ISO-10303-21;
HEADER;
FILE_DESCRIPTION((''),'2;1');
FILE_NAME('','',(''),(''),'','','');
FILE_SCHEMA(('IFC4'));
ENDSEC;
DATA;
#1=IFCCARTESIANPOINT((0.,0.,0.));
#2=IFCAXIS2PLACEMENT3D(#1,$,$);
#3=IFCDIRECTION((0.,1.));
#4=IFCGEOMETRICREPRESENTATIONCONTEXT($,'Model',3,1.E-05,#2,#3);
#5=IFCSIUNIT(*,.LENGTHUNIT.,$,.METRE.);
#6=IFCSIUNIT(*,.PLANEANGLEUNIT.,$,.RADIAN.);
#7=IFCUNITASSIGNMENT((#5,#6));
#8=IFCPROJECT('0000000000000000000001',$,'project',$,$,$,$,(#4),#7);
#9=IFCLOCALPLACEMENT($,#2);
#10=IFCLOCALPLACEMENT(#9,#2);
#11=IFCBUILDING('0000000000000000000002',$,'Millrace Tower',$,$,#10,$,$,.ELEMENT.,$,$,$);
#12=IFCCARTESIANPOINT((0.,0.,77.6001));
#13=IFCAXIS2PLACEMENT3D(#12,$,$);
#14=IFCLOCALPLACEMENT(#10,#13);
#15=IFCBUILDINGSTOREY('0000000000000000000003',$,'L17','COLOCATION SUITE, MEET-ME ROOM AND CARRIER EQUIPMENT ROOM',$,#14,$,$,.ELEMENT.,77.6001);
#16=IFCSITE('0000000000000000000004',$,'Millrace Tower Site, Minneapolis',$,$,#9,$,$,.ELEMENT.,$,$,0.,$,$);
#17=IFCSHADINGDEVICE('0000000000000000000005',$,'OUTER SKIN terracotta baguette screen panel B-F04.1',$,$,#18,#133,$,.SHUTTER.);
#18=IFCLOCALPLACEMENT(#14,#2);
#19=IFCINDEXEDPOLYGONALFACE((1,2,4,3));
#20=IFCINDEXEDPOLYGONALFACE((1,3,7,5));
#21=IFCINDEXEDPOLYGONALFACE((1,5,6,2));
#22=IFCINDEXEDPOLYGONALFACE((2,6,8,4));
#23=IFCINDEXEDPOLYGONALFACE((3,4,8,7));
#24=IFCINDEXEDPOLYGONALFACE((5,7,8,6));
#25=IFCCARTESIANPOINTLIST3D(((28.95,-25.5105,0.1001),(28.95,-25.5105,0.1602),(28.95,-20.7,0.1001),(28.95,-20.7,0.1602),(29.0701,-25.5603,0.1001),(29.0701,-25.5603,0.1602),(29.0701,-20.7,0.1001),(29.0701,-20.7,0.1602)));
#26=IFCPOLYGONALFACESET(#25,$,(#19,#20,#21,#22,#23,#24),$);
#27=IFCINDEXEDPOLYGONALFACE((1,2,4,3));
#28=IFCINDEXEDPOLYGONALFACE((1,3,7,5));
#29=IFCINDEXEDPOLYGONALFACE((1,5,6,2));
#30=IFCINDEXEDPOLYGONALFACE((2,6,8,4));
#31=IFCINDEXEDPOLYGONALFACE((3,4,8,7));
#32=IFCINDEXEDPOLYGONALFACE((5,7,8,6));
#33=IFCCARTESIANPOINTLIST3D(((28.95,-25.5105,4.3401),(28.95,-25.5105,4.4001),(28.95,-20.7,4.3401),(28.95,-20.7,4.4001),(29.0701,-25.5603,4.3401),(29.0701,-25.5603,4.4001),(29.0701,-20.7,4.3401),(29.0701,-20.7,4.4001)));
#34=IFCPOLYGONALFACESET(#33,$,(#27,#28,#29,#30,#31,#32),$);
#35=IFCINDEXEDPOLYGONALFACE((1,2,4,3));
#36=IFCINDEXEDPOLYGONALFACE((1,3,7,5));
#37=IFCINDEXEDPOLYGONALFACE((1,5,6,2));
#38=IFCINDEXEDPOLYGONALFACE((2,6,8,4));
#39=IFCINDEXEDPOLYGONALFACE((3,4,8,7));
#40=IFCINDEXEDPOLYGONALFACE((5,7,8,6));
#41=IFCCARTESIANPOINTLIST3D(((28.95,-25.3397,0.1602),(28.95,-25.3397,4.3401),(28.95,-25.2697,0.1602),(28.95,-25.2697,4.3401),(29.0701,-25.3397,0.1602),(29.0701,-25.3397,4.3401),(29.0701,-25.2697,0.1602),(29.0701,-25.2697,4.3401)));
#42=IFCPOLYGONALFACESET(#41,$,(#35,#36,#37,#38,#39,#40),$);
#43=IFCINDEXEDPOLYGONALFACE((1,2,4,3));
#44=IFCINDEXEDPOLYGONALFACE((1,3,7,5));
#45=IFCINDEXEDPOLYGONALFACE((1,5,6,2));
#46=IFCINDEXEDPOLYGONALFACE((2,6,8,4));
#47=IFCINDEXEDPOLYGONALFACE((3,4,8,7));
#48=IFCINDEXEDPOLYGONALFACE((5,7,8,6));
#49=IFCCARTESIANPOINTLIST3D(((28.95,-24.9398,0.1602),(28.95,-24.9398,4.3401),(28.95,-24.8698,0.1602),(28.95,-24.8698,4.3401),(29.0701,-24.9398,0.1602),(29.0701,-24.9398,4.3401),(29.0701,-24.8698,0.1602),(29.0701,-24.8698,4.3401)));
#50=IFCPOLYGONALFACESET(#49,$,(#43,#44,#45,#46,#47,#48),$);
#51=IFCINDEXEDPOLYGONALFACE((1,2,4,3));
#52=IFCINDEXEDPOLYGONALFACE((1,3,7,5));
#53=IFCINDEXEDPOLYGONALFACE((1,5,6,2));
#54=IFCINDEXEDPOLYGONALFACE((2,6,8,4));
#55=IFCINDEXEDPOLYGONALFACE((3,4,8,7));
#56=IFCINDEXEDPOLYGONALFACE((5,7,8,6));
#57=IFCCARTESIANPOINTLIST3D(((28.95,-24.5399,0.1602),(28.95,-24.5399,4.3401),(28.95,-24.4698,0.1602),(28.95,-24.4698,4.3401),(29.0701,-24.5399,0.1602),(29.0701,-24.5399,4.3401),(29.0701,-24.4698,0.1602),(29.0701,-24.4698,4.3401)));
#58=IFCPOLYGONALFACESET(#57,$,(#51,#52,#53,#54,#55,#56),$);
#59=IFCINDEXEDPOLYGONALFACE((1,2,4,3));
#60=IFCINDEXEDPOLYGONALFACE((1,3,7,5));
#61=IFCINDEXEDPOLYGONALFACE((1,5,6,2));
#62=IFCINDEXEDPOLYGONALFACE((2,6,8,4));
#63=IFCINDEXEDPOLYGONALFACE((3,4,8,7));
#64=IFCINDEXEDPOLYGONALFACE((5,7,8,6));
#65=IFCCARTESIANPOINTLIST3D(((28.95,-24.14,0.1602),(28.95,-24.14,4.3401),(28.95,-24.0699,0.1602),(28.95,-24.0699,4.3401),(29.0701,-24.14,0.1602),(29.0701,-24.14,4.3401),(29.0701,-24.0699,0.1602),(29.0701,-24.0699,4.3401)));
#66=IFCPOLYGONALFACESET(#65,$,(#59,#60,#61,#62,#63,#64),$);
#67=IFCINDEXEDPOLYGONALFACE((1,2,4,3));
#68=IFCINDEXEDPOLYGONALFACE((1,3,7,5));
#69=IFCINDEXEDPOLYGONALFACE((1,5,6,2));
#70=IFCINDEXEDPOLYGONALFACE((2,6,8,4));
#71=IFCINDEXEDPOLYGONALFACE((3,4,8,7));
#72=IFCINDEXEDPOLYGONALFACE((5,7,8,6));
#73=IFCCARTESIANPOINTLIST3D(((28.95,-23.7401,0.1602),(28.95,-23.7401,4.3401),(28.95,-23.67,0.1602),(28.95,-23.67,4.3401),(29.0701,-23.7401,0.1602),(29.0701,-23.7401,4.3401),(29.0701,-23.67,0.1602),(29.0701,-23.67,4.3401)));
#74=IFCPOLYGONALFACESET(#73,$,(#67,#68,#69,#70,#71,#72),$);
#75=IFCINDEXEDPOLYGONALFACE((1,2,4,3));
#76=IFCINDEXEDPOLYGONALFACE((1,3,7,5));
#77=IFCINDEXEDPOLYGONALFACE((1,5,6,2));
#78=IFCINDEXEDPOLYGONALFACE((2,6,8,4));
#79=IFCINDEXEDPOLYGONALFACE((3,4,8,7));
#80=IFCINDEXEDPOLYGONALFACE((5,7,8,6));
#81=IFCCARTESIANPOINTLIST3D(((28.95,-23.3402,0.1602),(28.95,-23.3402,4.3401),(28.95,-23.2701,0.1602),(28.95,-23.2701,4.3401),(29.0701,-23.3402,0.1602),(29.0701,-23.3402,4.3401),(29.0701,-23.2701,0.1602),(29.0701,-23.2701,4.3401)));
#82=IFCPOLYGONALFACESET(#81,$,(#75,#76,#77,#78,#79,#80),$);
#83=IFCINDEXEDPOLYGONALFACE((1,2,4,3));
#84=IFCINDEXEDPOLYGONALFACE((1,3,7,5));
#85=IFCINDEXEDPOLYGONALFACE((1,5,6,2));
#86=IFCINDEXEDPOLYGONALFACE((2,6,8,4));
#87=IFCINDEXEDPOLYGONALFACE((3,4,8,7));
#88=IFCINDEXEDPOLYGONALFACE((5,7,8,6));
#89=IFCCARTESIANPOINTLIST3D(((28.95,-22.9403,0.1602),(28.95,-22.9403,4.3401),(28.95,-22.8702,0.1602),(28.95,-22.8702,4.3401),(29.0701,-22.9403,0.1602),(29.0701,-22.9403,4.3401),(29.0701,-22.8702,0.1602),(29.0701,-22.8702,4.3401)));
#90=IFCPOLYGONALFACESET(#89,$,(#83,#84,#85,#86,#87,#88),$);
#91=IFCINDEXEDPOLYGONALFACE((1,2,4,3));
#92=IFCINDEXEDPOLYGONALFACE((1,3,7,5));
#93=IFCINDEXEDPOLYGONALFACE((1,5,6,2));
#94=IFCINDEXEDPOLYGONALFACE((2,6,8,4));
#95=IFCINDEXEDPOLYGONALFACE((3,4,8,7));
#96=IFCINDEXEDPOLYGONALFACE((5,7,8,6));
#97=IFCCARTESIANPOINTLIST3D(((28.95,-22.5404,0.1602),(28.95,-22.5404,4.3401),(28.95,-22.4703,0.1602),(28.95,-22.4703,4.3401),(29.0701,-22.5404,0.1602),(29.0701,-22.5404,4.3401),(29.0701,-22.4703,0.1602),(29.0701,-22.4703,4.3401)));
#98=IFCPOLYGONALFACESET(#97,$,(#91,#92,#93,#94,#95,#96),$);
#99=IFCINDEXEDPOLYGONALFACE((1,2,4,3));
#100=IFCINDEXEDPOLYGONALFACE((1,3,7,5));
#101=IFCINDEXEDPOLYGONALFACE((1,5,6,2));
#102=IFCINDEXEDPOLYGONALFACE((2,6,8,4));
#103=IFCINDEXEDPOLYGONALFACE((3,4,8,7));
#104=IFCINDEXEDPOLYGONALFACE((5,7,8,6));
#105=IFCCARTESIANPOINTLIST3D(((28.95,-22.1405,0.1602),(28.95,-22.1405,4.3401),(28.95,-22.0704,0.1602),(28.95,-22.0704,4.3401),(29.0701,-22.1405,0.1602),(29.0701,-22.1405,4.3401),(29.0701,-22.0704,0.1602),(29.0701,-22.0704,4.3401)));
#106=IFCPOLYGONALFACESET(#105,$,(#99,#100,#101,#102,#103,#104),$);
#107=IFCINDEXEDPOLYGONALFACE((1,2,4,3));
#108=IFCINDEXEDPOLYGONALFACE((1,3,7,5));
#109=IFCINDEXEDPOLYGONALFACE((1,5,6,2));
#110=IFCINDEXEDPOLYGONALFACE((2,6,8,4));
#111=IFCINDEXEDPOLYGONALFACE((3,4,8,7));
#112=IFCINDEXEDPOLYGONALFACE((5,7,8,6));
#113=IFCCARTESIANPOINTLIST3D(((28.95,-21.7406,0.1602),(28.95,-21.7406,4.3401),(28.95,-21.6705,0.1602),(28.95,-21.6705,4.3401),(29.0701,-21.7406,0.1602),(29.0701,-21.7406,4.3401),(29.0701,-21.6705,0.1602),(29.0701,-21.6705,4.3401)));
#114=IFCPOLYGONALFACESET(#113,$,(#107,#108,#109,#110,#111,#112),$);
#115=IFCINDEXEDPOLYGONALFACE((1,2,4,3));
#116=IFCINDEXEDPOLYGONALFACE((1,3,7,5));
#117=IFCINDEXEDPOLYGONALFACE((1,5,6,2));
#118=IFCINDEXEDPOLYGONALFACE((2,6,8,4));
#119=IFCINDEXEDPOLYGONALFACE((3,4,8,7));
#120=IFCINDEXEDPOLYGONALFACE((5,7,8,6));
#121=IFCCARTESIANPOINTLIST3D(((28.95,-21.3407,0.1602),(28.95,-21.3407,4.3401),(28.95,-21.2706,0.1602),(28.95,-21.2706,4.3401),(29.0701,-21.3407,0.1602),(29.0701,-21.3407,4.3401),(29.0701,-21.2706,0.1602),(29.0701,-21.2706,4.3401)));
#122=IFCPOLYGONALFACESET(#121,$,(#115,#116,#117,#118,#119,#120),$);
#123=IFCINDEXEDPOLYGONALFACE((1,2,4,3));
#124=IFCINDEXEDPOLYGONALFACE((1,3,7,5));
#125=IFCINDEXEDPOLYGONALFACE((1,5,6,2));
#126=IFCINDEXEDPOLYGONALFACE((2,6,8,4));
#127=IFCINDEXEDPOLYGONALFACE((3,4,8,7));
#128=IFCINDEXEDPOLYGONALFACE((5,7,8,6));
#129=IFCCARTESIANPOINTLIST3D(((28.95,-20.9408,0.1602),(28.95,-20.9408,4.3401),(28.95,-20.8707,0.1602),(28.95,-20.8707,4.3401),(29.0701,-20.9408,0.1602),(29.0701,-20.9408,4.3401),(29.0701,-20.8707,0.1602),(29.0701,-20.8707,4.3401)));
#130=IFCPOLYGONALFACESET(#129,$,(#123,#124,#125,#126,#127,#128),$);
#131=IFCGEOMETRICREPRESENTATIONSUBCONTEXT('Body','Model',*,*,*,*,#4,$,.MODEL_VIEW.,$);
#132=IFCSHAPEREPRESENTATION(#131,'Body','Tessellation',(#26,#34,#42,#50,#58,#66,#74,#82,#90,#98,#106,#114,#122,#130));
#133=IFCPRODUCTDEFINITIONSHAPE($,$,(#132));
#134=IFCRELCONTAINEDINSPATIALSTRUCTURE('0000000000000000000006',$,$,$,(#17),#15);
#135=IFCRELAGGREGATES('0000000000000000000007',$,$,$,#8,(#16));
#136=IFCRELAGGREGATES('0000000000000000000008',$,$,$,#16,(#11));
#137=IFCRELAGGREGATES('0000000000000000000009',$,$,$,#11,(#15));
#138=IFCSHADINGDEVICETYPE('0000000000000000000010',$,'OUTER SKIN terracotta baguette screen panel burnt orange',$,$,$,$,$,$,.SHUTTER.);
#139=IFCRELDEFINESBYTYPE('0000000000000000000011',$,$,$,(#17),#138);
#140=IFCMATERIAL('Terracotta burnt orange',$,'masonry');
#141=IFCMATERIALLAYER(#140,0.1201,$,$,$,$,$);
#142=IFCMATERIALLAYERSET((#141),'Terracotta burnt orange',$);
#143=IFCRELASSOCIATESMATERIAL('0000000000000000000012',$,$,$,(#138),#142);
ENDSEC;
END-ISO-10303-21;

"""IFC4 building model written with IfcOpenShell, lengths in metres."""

from ifc_helpers import new_model, entity, si_unit, direction, frame, frame_2d, origin, place, context, subcontext, project, spatial, rectangle, extrude, source, transform, mapped, material, layer, layer_set, type_object, element, save


model = new_model("IFC4")

# Units and contexts
model_context = context("Model", 3, precision=1e-05, world=origin(), true_north=direction((0.0, 1.0)))
body_context = subcontext(model_context, "Body", "Model", "MODEL_VIEW")
ifc_project = project(units=[si_unit("LENGTHUNIT", "METRE"), si_unit("PLANEANGLEUNIT", "RADIAN")], contexts=[model_context])

# Site, building, storey
site_placement = place(None, origin())
site = spatial("IfcSite", under=ifc_project, at=site_placement, Name="Millrace Tower Site, Minneapolis", CompositionType="ELEMENT", RefElevation=0.0)
building_placement = place(site_placement, origin())
building = spatial("IfcBuilding", under=site, at=building_placement, Name="Millrace Tower", CompositionType="ELEMENT")
storey_placement = place(building_placement, frame((0.0, 0.0, 77.6001)))
storey = spatial("IfcBuildingStorey", under=building, at=storey_placement, Name="L17", Description="COLOCATION SUITE, MEET-ME ROOM AND CARRIER EQUIPMENT ROOM", CompositionType="ELEMENT", Elevation=77.6001)

# Shading device
ifc_material_1 = material(Name="Terracotta burnt orange", Category="masonry")
ifc_layer_1 = layer(ifc_material_1, 0.1201)
ifc_layer_set_1 = layer_set([ifc_layer_1], Name="Terracotta burnt orange")
shading_device_type = type_object("IfcShadingDeviceType", Name="OUTER SKIN terracotta baguette screen panel burnt orange", PredefinedType="SHUTTER", material=ifc_layer_set_1)
cartesian_point_1 = entity("IfcCartesianPoint", [-2.3928, 0.0601])
shared_polyline_1 = entity("IfcPolyline", [cartesian_point_1, entity("IfcCartesianPoint", [2.4177, 0.0601]), entity("IfcCartesianPoint", [2.4177, -0.0601]), entity("IfcCartesianPoint", [-2.4426, -0.0601]), cartesian_point_1])
shared_shape_1 = source(origin(), body_context, "Body", "SweptSolid", [
    entity("IfcExtrudedAreaSolid", entity("IfcArbitraryClosedProfileDef", "AREA", None, shared_polyline_1), entity("IfcAxis2Placement3D", entity("IfcCartesianPoint", [0.0, 0.0, 0.0])), entity("IfcDirection", [0.0, 0.0, 1.0]), 0.0601),
    entity("IfcExtrudedAreaSolid", entity("IfcArbitraryClosedProfileDef", "AREA", None, shared_polyline_1), entity("IfcAxis2Placement3D", entity("IfcCartesianPoint", [0.0, 0.0, 4.24])), entity("IfcDirection", [0.0, 0.0, 1.0]), 0.0601),
    extrude(rectangle(XDim=0.0701, YDim=0.1201, at=frame_2d((-2.187, 0.0))), frame((0.0, 0.0, 0.0601)), (0.0, 0.0, 1.0), 4.1799),
    extrude(rectangle(XDim=0.0701, YDim=0.1201, at=frame_2d((-1.7871, 0.0))), frame((0.0, 0.0, 0.0601)), (0.0, 0.0, 1.0), 4.1799),
    extrude(rectangle(XDim=0.0701, YDim=0.1201, at=frame_2d((-1.3872, 0.0))), frame((0.0, 0.0, 0.0601)), (0.0, 0.0, 1.0), 4.1799),
    extrude(rectangle(XDim=0.0701, YDim=0.1201, at=frame_2d((-0.9873, 0.0))), frame((0.0, 0.0, 0.0601)), (0.0, 0.0, 1.0), 4.1799),
    extrude(rectangle(XDim=0.0701, YDim=0.1201, at=frame_2d((-0.5874, 0.0))), frame((0.0, 0.0, 0.0601)), (0.0, 0.0, 1.0), 4.1799),
    extrude(rectangle(XDim=0.0701, YDim=0.1201, at=frame_2d((-0.1875, 0.0))), frame((0.0, 0.0, 0.0601)), (0.0, 0.0, 1.0), 4.1799),
    extrude(rectangle(XDim=0.0701, YDim=0.1201, at=frame_2d((0.2124, 0.0))), frame((0.0, 0.0, 0.0601)), (0.0, 0.0, 1.0), 4.1799),
    extrude(rectangle(XDim=0.0701, YDim=0.1201, at=frame_2d((0.6123, 0.0))), frame((0.0, 0.0, 0.0601)), (0.0, 0.0, 1.0), 4.1799),
    extrude(rectangle(XDim=0.0701, YDim=0.1201, at=frame_2d((1.0122, 0.0))), frame((0.0, 0.0, 0.0601)), (0.0, 0.0, 1.0), 4.1799),
    extrude(rectangle(XDim=0.0701, YDim=0.1201, at=frame_2d((1.4121, 0.0))), frame((0.0, 0.0, 0.0601)), (0.0, 0.0, 1.0), 4.1799),
    extrude(rectangle(XDim=0.0701, YDim=0.1201, at=frame_2d((1.812, 0.0))), frame((0.0, 0.0, 0.0601)), (0.0, 0.0, 1.0), 4.1799),
    extrude(rectangle(XDim=0.0701, YDim=0.1201, at=frame_2d((2.2119, 0.0))), frame((0.0, 0.0, 0.0601)), (0.0, 0.0, 1.0), 4.1799),
])
shading_device_1_placement = place(storey_placement, frame((29.01, -23.1177, 0.1001), z_axis=(0.0, 0.0, 1.0), x_axis=(0.0, 1.0, 0.0)))
element("IfcShadingDevice", 1, at=shading_device_1_placement, inside=storey, type_object=shading_device_type, Name="OUTER SKIN terracotta baguette screen panel B-F04.1", PredefinedType="SHUTTER", context=body_context, shape_type="MappedRepresentation", body=[
    mapped(shared_shape_1, transform((0.0, 0.0, 0.0), scale=1.0)),
])

save(model, "model.ifc")
